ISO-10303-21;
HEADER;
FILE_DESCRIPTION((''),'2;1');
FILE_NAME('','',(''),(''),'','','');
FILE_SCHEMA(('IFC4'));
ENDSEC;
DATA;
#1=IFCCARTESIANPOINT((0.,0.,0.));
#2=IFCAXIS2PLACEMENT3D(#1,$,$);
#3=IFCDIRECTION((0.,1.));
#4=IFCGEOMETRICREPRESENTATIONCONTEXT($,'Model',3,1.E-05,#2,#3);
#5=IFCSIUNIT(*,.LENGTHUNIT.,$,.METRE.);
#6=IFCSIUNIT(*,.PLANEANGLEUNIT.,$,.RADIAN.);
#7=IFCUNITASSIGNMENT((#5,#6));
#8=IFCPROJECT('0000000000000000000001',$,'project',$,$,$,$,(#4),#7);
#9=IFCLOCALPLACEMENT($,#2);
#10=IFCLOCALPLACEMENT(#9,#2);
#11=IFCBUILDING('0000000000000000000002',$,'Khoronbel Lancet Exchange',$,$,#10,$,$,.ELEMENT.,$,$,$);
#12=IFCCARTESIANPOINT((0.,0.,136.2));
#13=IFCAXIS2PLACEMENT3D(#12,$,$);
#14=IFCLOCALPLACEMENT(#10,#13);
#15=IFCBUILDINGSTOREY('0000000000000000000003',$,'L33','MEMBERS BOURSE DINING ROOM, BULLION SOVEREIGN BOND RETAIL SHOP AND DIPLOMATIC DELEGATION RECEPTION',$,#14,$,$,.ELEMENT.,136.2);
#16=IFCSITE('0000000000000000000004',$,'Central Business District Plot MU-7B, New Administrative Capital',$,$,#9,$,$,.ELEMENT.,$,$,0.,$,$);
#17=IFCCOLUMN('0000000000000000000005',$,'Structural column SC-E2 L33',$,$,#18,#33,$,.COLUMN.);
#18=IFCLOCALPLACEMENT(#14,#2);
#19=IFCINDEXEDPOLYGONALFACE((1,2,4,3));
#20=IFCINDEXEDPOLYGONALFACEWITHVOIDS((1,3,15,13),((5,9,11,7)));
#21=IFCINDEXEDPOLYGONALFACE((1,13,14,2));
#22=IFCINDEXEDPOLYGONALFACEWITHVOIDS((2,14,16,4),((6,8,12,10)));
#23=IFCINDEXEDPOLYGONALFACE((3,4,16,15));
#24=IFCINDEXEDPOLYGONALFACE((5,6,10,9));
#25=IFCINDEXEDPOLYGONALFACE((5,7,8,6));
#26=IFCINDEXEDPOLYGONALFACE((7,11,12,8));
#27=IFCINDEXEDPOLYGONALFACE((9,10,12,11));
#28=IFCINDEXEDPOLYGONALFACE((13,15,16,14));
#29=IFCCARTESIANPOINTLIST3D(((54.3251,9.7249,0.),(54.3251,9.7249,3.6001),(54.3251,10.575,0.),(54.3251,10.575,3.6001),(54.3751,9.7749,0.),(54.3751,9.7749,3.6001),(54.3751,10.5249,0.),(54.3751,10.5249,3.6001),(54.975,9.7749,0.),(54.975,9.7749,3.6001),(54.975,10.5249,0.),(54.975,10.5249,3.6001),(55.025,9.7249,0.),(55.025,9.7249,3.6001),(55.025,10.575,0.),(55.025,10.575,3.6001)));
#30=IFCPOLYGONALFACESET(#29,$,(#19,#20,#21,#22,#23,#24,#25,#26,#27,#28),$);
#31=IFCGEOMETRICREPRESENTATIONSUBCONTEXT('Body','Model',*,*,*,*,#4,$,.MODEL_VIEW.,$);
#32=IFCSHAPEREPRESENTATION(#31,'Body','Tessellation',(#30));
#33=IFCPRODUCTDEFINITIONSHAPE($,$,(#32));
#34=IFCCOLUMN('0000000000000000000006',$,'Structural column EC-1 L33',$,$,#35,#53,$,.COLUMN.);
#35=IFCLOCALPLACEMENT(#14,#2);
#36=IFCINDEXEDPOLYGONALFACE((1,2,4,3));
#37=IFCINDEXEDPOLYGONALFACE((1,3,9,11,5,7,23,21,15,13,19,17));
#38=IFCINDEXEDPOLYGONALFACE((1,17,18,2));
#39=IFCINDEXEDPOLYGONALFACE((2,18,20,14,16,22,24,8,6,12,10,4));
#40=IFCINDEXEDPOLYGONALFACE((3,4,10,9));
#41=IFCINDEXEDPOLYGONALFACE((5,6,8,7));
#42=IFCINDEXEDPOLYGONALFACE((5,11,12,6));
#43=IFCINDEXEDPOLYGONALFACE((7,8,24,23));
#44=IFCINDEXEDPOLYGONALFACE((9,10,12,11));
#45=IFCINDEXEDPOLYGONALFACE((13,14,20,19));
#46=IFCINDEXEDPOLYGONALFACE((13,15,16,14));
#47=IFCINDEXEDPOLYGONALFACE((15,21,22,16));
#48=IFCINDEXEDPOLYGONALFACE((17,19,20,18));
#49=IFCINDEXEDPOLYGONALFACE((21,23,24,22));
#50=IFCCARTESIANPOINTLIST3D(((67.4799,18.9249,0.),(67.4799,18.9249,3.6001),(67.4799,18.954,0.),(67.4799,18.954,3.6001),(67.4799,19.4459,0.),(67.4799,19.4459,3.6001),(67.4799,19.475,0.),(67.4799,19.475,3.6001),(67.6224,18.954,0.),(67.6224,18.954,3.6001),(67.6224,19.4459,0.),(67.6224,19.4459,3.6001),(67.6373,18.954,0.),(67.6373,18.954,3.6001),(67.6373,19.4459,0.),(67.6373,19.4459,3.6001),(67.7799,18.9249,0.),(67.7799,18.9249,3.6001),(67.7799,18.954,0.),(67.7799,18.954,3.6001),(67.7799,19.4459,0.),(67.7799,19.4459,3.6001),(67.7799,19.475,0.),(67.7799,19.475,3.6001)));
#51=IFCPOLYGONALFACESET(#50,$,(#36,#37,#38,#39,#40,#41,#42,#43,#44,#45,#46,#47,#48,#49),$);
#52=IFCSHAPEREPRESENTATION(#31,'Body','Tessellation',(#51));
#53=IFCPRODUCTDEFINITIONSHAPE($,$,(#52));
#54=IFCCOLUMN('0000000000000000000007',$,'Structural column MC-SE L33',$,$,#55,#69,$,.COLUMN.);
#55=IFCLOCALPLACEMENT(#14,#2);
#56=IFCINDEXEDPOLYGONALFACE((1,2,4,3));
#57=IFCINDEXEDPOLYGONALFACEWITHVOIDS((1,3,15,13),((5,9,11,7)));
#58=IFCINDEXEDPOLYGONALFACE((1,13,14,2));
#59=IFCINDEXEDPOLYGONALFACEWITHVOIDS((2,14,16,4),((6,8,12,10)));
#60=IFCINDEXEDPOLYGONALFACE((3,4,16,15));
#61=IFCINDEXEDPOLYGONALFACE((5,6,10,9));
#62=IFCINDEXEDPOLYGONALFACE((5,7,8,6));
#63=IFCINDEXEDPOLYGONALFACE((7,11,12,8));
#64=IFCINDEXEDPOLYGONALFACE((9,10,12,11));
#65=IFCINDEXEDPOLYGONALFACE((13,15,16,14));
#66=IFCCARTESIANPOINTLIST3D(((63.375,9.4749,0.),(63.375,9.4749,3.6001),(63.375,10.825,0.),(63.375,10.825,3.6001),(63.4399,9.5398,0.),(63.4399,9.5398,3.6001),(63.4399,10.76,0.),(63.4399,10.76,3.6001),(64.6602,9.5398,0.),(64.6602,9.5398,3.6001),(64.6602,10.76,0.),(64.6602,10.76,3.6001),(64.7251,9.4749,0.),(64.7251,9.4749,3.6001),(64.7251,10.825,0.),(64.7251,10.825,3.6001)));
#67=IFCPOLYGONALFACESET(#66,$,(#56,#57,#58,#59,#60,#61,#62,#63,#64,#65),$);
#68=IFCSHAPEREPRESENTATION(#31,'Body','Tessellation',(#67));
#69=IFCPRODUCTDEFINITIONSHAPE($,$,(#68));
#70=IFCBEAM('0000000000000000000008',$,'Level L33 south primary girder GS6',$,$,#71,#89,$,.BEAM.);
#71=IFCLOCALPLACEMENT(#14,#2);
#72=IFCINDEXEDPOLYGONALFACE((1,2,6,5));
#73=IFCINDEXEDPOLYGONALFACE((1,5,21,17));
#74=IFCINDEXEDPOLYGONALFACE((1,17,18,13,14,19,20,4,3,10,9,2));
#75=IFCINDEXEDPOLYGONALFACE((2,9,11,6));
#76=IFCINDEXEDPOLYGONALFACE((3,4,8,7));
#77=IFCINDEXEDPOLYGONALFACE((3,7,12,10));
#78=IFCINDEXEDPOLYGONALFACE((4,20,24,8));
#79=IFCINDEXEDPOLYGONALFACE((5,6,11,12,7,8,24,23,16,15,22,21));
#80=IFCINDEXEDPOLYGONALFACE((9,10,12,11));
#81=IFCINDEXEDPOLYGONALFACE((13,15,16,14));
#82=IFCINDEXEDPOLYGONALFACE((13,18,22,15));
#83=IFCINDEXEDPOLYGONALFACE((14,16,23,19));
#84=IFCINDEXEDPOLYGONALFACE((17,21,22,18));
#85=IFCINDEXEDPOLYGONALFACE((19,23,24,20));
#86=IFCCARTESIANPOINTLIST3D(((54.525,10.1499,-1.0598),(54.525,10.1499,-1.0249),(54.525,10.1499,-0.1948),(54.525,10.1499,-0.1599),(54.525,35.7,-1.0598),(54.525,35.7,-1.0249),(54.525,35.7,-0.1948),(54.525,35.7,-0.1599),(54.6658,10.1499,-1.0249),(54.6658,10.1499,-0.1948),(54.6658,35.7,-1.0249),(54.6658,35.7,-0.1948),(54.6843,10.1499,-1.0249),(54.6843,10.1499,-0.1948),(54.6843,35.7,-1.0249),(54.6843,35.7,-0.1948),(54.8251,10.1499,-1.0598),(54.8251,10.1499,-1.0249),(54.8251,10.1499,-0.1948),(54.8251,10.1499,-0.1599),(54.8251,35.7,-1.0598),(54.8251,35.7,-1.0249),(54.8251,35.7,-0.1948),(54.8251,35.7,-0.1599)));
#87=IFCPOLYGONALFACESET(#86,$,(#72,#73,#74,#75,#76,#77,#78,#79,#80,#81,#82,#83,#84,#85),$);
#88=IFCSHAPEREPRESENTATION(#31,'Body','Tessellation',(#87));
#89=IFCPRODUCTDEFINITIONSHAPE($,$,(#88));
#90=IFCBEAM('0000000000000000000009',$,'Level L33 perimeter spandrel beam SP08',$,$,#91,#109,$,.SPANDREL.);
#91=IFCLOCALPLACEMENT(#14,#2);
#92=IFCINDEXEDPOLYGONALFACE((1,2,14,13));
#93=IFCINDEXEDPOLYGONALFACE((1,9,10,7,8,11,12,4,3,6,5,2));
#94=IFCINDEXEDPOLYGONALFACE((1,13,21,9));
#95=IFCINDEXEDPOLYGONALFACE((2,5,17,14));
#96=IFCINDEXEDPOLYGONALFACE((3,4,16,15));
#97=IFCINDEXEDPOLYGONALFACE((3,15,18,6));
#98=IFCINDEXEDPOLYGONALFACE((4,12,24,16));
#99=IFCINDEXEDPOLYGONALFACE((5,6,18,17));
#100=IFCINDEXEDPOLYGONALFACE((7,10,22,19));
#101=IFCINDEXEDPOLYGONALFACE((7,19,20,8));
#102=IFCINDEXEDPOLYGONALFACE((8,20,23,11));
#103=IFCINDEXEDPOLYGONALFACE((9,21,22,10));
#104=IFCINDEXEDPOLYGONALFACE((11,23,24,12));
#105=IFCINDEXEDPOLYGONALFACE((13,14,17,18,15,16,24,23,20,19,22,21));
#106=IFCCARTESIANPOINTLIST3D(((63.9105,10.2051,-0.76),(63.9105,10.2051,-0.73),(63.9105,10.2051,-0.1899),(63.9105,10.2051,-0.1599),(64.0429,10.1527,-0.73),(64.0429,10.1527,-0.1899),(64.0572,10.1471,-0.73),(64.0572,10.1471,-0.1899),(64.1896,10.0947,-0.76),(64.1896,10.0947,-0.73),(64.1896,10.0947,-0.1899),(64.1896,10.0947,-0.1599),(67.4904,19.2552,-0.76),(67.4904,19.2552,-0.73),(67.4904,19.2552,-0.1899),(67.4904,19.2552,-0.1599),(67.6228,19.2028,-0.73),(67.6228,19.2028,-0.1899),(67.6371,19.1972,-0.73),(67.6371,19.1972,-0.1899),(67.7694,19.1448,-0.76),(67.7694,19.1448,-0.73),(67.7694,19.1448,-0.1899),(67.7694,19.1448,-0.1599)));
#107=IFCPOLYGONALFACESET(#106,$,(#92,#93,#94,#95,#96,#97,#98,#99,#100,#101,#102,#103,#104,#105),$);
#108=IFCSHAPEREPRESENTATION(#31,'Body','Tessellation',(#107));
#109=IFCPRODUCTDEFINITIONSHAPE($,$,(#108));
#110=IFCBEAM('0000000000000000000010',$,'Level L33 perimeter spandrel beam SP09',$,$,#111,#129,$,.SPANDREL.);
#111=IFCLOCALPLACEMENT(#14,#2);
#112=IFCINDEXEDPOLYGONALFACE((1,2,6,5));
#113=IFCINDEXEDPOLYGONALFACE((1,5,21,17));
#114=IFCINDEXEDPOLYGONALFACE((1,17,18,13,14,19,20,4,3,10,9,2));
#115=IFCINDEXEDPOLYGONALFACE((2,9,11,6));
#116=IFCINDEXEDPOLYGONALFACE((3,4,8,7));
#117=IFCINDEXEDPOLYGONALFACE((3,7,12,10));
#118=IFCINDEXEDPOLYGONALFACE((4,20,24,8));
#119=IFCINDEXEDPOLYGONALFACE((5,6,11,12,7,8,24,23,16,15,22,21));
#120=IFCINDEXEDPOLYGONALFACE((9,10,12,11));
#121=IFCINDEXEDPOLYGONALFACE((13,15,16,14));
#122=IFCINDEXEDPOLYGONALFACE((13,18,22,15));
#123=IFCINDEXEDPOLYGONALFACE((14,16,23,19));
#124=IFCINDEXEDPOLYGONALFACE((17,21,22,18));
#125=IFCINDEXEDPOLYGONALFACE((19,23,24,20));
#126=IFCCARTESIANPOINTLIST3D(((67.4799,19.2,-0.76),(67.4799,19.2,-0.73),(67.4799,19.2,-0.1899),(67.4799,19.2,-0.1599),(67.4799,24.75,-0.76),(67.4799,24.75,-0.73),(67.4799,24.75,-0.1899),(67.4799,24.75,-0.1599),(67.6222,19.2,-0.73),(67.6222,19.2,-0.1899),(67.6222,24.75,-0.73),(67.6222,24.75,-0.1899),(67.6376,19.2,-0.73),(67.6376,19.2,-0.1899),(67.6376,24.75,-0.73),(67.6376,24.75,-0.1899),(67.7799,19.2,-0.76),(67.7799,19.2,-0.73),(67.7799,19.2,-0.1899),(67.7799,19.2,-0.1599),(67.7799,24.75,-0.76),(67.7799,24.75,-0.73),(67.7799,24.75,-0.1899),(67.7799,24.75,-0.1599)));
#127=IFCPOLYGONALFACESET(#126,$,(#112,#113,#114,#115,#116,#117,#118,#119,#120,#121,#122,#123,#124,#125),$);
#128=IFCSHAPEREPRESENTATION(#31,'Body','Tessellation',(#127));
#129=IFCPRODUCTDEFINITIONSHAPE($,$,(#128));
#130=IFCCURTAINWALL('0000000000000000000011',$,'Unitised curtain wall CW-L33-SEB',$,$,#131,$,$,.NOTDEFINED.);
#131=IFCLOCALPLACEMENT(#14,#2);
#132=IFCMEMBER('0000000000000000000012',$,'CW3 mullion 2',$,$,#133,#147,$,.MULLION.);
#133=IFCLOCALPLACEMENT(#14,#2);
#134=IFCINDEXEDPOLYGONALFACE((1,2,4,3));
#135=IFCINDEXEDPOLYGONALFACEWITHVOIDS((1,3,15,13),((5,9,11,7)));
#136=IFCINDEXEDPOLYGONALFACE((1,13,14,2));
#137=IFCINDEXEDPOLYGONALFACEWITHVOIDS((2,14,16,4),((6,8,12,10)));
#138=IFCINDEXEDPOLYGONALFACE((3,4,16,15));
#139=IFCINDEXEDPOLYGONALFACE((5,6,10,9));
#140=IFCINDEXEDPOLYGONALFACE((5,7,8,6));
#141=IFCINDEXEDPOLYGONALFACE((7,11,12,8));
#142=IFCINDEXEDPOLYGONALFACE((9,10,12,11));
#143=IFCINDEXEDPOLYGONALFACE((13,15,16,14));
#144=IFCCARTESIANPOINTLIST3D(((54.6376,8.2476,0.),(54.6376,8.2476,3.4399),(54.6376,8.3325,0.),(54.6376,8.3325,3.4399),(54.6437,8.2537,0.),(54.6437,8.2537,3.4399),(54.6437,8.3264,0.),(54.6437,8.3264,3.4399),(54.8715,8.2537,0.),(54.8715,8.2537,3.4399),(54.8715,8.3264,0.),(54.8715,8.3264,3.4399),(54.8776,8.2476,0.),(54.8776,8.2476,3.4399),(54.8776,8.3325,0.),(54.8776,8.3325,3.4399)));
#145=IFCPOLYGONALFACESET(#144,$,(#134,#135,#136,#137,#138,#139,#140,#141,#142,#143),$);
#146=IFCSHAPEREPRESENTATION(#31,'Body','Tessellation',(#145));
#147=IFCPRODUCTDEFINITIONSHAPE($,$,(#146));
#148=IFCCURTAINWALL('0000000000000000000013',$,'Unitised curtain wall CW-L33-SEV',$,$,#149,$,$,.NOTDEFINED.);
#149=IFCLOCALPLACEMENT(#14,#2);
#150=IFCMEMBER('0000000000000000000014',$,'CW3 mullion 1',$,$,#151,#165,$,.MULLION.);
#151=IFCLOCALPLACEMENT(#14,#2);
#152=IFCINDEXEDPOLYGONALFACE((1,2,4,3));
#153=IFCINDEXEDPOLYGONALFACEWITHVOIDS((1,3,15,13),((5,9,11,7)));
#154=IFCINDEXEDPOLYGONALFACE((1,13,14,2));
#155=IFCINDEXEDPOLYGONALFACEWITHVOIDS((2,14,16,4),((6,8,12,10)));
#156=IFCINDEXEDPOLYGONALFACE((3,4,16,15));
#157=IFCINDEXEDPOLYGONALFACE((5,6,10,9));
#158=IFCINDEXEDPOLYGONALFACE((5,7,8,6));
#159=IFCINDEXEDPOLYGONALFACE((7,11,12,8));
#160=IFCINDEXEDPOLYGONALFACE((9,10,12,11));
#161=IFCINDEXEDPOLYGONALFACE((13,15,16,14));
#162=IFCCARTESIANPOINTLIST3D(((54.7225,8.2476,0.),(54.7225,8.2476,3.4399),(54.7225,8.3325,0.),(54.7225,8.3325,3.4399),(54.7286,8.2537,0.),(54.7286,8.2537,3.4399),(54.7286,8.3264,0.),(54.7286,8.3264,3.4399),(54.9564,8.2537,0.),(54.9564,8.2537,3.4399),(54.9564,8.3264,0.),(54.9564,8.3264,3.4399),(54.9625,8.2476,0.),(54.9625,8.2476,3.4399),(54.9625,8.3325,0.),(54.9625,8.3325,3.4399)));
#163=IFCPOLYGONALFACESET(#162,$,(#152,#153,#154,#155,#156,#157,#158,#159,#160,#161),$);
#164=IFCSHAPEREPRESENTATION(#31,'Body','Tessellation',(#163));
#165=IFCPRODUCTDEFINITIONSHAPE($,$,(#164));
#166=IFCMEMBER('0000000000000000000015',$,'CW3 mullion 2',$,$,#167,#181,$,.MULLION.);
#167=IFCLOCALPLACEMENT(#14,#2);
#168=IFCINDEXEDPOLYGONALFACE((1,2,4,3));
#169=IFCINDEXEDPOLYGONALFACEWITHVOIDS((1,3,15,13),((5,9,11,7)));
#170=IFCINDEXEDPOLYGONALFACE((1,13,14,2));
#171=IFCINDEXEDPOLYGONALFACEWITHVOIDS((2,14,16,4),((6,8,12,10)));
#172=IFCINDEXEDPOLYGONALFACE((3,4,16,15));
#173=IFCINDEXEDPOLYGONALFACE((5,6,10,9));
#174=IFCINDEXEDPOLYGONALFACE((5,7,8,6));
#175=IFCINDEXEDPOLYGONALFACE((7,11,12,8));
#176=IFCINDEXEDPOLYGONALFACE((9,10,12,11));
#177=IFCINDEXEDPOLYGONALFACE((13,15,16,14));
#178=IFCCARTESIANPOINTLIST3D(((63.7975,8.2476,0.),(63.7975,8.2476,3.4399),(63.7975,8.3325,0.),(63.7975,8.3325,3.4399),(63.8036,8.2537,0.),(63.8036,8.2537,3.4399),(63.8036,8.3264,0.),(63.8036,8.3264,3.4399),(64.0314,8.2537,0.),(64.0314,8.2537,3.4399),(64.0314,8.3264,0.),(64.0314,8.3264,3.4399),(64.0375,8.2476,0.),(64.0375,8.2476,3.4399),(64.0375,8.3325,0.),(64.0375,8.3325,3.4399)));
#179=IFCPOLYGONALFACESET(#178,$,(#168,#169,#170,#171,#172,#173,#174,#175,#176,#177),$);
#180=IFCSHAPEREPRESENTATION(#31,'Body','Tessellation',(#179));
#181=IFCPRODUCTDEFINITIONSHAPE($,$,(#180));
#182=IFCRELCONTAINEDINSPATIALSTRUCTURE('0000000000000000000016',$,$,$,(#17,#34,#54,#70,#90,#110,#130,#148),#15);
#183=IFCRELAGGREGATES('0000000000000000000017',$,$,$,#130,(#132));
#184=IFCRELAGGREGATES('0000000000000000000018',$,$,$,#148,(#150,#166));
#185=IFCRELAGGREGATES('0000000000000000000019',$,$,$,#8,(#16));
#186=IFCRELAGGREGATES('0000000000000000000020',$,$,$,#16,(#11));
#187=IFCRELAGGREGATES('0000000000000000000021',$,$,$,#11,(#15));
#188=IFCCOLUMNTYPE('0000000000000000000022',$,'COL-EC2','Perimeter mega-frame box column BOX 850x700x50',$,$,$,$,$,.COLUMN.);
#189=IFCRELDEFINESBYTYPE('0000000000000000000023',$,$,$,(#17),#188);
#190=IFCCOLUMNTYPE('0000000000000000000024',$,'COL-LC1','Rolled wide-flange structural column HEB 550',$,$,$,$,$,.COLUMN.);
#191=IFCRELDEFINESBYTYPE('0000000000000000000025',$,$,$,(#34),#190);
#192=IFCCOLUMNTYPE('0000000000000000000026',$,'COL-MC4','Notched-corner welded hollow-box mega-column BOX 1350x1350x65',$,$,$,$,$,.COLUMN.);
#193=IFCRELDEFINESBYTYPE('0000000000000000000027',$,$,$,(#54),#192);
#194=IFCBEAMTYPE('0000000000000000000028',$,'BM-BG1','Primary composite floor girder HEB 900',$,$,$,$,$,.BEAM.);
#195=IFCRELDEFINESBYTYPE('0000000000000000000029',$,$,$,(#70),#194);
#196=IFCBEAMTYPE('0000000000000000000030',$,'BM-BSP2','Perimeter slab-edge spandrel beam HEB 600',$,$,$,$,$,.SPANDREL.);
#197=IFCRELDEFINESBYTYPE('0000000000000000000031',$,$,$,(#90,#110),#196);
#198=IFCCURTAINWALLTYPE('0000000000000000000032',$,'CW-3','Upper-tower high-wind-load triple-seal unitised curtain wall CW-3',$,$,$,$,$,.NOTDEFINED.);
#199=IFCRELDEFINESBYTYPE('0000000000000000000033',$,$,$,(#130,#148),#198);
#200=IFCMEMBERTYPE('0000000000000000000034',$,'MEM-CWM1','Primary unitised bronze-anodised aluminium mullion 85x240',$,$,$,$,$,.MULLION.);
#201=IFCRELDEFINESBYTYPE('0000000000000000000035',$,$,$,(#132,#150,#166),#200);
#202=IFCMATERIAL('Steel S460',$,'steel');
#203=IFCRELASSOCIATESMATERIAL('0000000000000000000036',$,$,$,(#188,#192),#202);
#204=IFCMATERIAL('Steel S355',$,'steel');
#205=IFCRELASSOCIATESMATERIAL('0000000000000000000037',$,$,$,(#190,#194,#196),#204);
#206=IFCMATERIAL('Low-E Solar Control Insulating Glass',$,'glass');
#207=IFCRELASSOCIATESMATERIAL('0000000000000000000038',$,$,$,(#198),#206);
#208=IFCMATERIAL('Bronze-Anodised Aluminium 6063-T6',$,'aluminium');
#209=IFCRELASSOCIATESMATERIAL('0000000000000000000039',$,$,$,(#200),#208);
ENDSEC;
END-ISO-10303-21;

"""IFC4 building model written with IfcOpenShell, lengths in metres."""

from ifc_helpers import new_model, si_unit, direction, frame, origin, origin_2d, place, context, subcontext, project, spatial, hollow_rectangle, i_section, extrude, material, material_profile, profile_set, type_object, element, aggregate, save


model = new_model("IFC4")

# Units and contexts
model_context = context("Model", 3, precision=1e-05, world=origin(), true_north=direction((0.0, 1.0)))
body_context = subcontext(model_context, "Body", "Model", "MODEL_VIEW")
ifc_project = project(units=[si_unit("LENGTHUNIT", "METRE"), si_unit("PLANEANGLEUNIT", "RADIAN")], contexts=[model_context])

# Site, building, storey
site_placement = place(None, origin())
site = spatial("IfcSite", under=ifc_project, at=site_placement, Name="Central Business District Plot MU-7B, New Administrative Capital", CompositionType="ELEMENT", RefElevation=0.0)
building_placement = place(site_placement, origin())
building = spatial("IfcBuilding", under=site, at=building_placement, Name="Khoronbel Lancet Exchange", CompositionType="ELEMENT")
storey_placement = place(building_placement, frame((0.0, 0.0, 136.2)))
storey = spatial("IfcBuildingStorey", under=building, at=storey_placement, Name="L33", Description="MEMBERS BOURSE DINING ROOM, BULLION SOVEREIGN BOND RETAIL SHOP AND DIPLOMATIC DELEGATION RECEPTION", CompositionType="ELEMENT", Elevation=136.2)

# Columns
ifc_material_1 = material(Name="Steel S460", Category="steel")
ifc_material_profile_1 = material_profile(ifc_material_1, hollow_rectangle(XDim=0.7, YDim=0.8501, WallThickness=0.05, at=origin_2d()), Name="BOX 850x700x50")
ifc_profile_set_1 = profile_set([ifc_material_profile_1], Name="Steel S460")
column_type_1 = type_object("IfcColumnType", Name="COL-EC2", Description="Perimeter mega-frame box column BOX 850x700x50", PredefinedType="COLUMN", material=ifc_profile_set_1)
column_1_placement = place(storey_placement, frame((54.675, 10.1499, 0.0), z_axis=(0.0, 0.0, 1.0), x_axis=(1.0, 0.0, 0.0)))
element("IfcColumn", 1, at=column_1_placement, inside=storey, type_object=column_type_1, Name="Structural column SC-E2 L33", PredefinedType="COLUMN", context=body_context, shape_type="SweptSolid", body=[
    extrude(hollow_rectangle(XDim=0.7, YDim=0.8501, WallThickness=0.05, at=origin_2d()), origin(), (0.0, 0.0, 1.0), 3.6001),
])
ifc_material_2 = material(Name="Steel S355", Category="steel")
ifc_material_profile_2 = material_profile(ifc_material_2, i_section(OverallWidth=0.3, OverallDepth=0.55, WebThickness=0.0149, FlangeThickness=0.0291, at=origin_2d()), Name="HEB 550")
ifc_profile_set_2 = profile_set([ifc_material_profile_2], Name="Steel S355")
column_type_2 = type_object("IfcColumnType", Name="COL-LC1", Description="Rolled wide-flange structural column HEB 550", PredefinedType="COLUMN", material=ifc_profile_set_2)
column_2_placement = place(storey_placement, frame((67.6299, 19.2, 0.0), z_axis=(0.0, 0.0, 1.0), x_axis=(1.0, 0.0, 0.0)))
element("IfcColumn", 2, at=column_2_placement, inside=storey, type_object=column_type_2, Name="Structural column EC-1 L33", PredefinedType="COLUMN", context=body_context, shape_type="SweptSolid", body=[
    extrude(i_section(OverallWidth=0.3, OverallDepth=0.55, WebThickness=0.0149, FlangeThickness=0.0291, at=origin_2d()), origin(), (0.0, 0.0, 1.0), 3.6001),
])
ifc_material_profile_3 = material_profile(ifc_material_1, hollow_rectangle(XDim=1.3501, YDim=1.3501, WallThickness=0.0649, at=origin_2d()), Name="BOX 1350x1350x65")
ifc_profile_set_3 = profile_set([ifc_material_profile_3], Name="Steel S460")
column_type_3 = type_object("IfcColumnType", Name="COL-MC4", Description="Notched-corner welded hollow-box mega-column BOX 1350x1350x65", PredefinedType="COLUMN", material=ifc_profile_set_3)
column_3_placement = place(storey_placement, frame((64.05, 10.1499, 0.0), z_axis=(0.0, 0.0, 1.0), x_axis=(1.0, 0.0, 0.0)))
element("IfcColumn", 3, at=column_3_placement, inside=storey, type_object=column_type_3, Name="Structural column MC-SE L33", PredefinedType="COLUMN", context=body_context, shape_type="SweptSolid", body=[
    extrude(hollow_rectangle(XDim=1.3501, YDim=1.3501, WallThickness=0.0649, at=origin_2d()), origin(), (0.0, 0.0, 1.0), 3.6001),
])

# Beams
ifc_material_profile_4 = material_profile(ifc_material_2, i_section(OverallWidth=0.3, OverallDepth=0.8999, WebThickness=0.0186, FlangeThickness=0.0349, at=origin_2d()), Name="HEB 900")
ifc_profile_set_4 = profile_set([ifc_material_profile_4], Name="Steel S355")
beam_type_1 = type_object("IfcBeamType", Name="BM-BG1", Description="Primary composite floor girder HEB 900", PredefinedType="BEAM", material=ifc_profile_set_4)
beam_1_placement = place(storey_placement, frame((54.675, 10.1499, -0.6099), z_axis=(0.0, 1.0, 0.0), x_axis=(-1.0, 0.0, 0.0)))
element("IfcBeam", 4, at=beam_1_placement, inside=storey, type_object=beam_type_1, Name="Level L33 south primary girder GS6", PredefinedType="BEAM", context=body_context, shape_type="SweptSolid", body=[
    extrude(i_section(OverallWidth=0.3, OverallDepth=0.8999, WebThickness=0.0186, FlangeThickness=0.0349, at=origin_2d()), origin(), (0.0, 0.0, 1.0), 25.55),
])
ifc_material_profile_5 = material_profile(ifc_material_2, i_section(OverallWidth=0.3, OverallDepth=0.6001, WebThickness=0.0154, FlangeThickness=0.03, at=origin_2d()), Name="HEB 600")
ifc_profile_set_5 = profile_set([ifc_material_profile_5], Name="Steel S355")
beam_type_2 = type_object("IfcBeamType", Name="BM-BSP2", Description="Perimeter slab-edge spandrel beam HEB 600", PredefinedType="SPANDREL", material=ifc_profile_set_5)
beam_2_placement = place(storey_placement, frame((64.05, 10.1499, -0.46), z_axis=(0.367828, 0.929894, 0.0), x_axis=(-0.929894, 0.367828, 0.0)))
element("IfcBeam", 5, at=beam_2_placement, inside=storey, type_object=beam_type_2, Name="Level L33 perimeter spandrel beam SP08", PredefinedType="SPANDREL", context=body_context, shape_type="SweptSolid", body=[
    extrude(i_section(OverallWidth=0.3, OverallDepth=0.6001, WebThickness=0.0154, FlangeThickness=0.03, at=origin_2d()), origin(), (0.0, 0.0, 1.0), 9.7324),
])
beam_3_placement = place(storey_placement, frame((67.6299, 19.2, -0.46), z_axis=(0.0, 1.0, 0.0), x_axis=(-1.0, 0.0, 0.0)))
element("IfcBeam", 6, at=beam_3_placement, inside=storey, type_object=beam_type_2, Name="Level L33 perimeter spandrel beam SP09", PredefinedType="SPANDREL", context=body_context, shape_type="SweptSolid", body=[
    extrude(i_section(OverallWidth=0.3, OverallDepth=0.6001, WebThickness=0.0154, FlangeThickness=0.03, at=origin_2d()), origin(), (0.0, 0.0, 1.0), 5.55),
])

# Curtain wall, member
ifc_material_3 = material(Name="Low-E Solar Control Insulating Glass", Category="glass")
curtain_wall_type_1 = type_object("IfcCurtainWallType", Name="CW-3", Description="Upper-tower high-wind-load triple-seal unitised curtain wall CW-3", PredefinedType="NOTDEFINED", material=ifc_material_3)
curtain_wall_1_placement = place(storey_placement, origin())
curtain_wall_1 = element("IfcCurtainWall", 7, at=curtain_wall_1_placement, inside=storey, type_object=curtain_wall_type_1, Name="Unitised curtain wall CW-L33-SEB", PredefinedType="NOTDEFINED")
ifc_material_4 = material(Name="Bronze-Anodised Aluminium 6063-T6", Category="aluminium")
ifc_material_profile_6 = material_profile(ifc_material_4, hollow_rectangle(XDim=0.085, YDim=0.24, WallThickness=0.0061, at=origin_2d()), Name="ALU MULLION 85x240")
ifc_profile_set_6 = profile_set([ifc_material_profile_6], Name="Bronze-Anodised Aluminium 6063-T6")
member_type_1 = type_object("IfcMemberType", Name="MEM-CWM1", Description="Primary unitised bronze-anodised aluminium mullion 85x240", PredefinedType="MULLION", material=ifc_profile_set_6)
member_1_placement = place(storey_placement, frame((54.7576, 8.29, 0.0), z_axis=(0.0, 0.0, 1.0), x_axis=(0.0, 1.0, 0.0)))
member_1 = element("IfcMember", 8, at=member_1_placement, type_object=member_type_1, Name="CW3 mullion 2", PredefinedType="MULLION", context=body_context, shape_type="SweptSolid", body=[
    extrude(hollow_rectangle(XDim=0.085, YDim=0.24, WallThickness=0.0061, at=origin_2d()), origin(), (0.0, 0.0, 1.0), 3.4399),
])
aggregate(curtain_wall_1, [member_1])

# Curtain wall, members
curtain_wall_2_placement = place(storey_placement, origin())
curtain_wall_2 = element("IfcCurtainWall", 9, at=curtain_wall_2_placement, inside=storey, type_object=curtain_wall_type_1, Name="Unitised curtain wall CW-L33-SEV", PredefinedType="NOTDEFINED")
member_2_placement = place(storey_placement, frame((54.8425, 8.29, 0.0), z_axis=(0.0, 0.0, 1.0), x_axis=(0.0, 1.0, 0.0)))
member_2 = element("IfcMember", 10, at=member_2_placement, type_object=member_type_1, Name="CW3 mullion 1", PredefinedType="MULLION", context=body_context, shape_type="SweptSolid", body=[
    extrude(hollow_rectangle(XDim=0.085, YDim=0.24, WallThickness=0.0061, at=origin_2d()), origin(), (0.0, 0.0, 1.0), 3.4399),
])
member_3_placement = place(storey_placement, frame((63.9175, 8.29, 0.0), z_axis=(0.0, 0.0, 1.0), x_axis=(0.0, 1.0, 0.0)))
member_3 = element("IfcMember", 11, at=member_3_placement, type_object=member_type_1, Name="CW3 mullion 2", PredefinedType="MULLION", context=body_context, shape_type="SweptSolid", body=[
    extrude(hollow_rectangle(XDim=0.085, YDim=0.24, WallThickness=0.0061, at=origin_2d()), origin(), (0.0, 0.0, 1.0), 3.4399),
])

aggregate(curtain_wall_2, [member_2, member_3])

save(model, "model.ifc")
